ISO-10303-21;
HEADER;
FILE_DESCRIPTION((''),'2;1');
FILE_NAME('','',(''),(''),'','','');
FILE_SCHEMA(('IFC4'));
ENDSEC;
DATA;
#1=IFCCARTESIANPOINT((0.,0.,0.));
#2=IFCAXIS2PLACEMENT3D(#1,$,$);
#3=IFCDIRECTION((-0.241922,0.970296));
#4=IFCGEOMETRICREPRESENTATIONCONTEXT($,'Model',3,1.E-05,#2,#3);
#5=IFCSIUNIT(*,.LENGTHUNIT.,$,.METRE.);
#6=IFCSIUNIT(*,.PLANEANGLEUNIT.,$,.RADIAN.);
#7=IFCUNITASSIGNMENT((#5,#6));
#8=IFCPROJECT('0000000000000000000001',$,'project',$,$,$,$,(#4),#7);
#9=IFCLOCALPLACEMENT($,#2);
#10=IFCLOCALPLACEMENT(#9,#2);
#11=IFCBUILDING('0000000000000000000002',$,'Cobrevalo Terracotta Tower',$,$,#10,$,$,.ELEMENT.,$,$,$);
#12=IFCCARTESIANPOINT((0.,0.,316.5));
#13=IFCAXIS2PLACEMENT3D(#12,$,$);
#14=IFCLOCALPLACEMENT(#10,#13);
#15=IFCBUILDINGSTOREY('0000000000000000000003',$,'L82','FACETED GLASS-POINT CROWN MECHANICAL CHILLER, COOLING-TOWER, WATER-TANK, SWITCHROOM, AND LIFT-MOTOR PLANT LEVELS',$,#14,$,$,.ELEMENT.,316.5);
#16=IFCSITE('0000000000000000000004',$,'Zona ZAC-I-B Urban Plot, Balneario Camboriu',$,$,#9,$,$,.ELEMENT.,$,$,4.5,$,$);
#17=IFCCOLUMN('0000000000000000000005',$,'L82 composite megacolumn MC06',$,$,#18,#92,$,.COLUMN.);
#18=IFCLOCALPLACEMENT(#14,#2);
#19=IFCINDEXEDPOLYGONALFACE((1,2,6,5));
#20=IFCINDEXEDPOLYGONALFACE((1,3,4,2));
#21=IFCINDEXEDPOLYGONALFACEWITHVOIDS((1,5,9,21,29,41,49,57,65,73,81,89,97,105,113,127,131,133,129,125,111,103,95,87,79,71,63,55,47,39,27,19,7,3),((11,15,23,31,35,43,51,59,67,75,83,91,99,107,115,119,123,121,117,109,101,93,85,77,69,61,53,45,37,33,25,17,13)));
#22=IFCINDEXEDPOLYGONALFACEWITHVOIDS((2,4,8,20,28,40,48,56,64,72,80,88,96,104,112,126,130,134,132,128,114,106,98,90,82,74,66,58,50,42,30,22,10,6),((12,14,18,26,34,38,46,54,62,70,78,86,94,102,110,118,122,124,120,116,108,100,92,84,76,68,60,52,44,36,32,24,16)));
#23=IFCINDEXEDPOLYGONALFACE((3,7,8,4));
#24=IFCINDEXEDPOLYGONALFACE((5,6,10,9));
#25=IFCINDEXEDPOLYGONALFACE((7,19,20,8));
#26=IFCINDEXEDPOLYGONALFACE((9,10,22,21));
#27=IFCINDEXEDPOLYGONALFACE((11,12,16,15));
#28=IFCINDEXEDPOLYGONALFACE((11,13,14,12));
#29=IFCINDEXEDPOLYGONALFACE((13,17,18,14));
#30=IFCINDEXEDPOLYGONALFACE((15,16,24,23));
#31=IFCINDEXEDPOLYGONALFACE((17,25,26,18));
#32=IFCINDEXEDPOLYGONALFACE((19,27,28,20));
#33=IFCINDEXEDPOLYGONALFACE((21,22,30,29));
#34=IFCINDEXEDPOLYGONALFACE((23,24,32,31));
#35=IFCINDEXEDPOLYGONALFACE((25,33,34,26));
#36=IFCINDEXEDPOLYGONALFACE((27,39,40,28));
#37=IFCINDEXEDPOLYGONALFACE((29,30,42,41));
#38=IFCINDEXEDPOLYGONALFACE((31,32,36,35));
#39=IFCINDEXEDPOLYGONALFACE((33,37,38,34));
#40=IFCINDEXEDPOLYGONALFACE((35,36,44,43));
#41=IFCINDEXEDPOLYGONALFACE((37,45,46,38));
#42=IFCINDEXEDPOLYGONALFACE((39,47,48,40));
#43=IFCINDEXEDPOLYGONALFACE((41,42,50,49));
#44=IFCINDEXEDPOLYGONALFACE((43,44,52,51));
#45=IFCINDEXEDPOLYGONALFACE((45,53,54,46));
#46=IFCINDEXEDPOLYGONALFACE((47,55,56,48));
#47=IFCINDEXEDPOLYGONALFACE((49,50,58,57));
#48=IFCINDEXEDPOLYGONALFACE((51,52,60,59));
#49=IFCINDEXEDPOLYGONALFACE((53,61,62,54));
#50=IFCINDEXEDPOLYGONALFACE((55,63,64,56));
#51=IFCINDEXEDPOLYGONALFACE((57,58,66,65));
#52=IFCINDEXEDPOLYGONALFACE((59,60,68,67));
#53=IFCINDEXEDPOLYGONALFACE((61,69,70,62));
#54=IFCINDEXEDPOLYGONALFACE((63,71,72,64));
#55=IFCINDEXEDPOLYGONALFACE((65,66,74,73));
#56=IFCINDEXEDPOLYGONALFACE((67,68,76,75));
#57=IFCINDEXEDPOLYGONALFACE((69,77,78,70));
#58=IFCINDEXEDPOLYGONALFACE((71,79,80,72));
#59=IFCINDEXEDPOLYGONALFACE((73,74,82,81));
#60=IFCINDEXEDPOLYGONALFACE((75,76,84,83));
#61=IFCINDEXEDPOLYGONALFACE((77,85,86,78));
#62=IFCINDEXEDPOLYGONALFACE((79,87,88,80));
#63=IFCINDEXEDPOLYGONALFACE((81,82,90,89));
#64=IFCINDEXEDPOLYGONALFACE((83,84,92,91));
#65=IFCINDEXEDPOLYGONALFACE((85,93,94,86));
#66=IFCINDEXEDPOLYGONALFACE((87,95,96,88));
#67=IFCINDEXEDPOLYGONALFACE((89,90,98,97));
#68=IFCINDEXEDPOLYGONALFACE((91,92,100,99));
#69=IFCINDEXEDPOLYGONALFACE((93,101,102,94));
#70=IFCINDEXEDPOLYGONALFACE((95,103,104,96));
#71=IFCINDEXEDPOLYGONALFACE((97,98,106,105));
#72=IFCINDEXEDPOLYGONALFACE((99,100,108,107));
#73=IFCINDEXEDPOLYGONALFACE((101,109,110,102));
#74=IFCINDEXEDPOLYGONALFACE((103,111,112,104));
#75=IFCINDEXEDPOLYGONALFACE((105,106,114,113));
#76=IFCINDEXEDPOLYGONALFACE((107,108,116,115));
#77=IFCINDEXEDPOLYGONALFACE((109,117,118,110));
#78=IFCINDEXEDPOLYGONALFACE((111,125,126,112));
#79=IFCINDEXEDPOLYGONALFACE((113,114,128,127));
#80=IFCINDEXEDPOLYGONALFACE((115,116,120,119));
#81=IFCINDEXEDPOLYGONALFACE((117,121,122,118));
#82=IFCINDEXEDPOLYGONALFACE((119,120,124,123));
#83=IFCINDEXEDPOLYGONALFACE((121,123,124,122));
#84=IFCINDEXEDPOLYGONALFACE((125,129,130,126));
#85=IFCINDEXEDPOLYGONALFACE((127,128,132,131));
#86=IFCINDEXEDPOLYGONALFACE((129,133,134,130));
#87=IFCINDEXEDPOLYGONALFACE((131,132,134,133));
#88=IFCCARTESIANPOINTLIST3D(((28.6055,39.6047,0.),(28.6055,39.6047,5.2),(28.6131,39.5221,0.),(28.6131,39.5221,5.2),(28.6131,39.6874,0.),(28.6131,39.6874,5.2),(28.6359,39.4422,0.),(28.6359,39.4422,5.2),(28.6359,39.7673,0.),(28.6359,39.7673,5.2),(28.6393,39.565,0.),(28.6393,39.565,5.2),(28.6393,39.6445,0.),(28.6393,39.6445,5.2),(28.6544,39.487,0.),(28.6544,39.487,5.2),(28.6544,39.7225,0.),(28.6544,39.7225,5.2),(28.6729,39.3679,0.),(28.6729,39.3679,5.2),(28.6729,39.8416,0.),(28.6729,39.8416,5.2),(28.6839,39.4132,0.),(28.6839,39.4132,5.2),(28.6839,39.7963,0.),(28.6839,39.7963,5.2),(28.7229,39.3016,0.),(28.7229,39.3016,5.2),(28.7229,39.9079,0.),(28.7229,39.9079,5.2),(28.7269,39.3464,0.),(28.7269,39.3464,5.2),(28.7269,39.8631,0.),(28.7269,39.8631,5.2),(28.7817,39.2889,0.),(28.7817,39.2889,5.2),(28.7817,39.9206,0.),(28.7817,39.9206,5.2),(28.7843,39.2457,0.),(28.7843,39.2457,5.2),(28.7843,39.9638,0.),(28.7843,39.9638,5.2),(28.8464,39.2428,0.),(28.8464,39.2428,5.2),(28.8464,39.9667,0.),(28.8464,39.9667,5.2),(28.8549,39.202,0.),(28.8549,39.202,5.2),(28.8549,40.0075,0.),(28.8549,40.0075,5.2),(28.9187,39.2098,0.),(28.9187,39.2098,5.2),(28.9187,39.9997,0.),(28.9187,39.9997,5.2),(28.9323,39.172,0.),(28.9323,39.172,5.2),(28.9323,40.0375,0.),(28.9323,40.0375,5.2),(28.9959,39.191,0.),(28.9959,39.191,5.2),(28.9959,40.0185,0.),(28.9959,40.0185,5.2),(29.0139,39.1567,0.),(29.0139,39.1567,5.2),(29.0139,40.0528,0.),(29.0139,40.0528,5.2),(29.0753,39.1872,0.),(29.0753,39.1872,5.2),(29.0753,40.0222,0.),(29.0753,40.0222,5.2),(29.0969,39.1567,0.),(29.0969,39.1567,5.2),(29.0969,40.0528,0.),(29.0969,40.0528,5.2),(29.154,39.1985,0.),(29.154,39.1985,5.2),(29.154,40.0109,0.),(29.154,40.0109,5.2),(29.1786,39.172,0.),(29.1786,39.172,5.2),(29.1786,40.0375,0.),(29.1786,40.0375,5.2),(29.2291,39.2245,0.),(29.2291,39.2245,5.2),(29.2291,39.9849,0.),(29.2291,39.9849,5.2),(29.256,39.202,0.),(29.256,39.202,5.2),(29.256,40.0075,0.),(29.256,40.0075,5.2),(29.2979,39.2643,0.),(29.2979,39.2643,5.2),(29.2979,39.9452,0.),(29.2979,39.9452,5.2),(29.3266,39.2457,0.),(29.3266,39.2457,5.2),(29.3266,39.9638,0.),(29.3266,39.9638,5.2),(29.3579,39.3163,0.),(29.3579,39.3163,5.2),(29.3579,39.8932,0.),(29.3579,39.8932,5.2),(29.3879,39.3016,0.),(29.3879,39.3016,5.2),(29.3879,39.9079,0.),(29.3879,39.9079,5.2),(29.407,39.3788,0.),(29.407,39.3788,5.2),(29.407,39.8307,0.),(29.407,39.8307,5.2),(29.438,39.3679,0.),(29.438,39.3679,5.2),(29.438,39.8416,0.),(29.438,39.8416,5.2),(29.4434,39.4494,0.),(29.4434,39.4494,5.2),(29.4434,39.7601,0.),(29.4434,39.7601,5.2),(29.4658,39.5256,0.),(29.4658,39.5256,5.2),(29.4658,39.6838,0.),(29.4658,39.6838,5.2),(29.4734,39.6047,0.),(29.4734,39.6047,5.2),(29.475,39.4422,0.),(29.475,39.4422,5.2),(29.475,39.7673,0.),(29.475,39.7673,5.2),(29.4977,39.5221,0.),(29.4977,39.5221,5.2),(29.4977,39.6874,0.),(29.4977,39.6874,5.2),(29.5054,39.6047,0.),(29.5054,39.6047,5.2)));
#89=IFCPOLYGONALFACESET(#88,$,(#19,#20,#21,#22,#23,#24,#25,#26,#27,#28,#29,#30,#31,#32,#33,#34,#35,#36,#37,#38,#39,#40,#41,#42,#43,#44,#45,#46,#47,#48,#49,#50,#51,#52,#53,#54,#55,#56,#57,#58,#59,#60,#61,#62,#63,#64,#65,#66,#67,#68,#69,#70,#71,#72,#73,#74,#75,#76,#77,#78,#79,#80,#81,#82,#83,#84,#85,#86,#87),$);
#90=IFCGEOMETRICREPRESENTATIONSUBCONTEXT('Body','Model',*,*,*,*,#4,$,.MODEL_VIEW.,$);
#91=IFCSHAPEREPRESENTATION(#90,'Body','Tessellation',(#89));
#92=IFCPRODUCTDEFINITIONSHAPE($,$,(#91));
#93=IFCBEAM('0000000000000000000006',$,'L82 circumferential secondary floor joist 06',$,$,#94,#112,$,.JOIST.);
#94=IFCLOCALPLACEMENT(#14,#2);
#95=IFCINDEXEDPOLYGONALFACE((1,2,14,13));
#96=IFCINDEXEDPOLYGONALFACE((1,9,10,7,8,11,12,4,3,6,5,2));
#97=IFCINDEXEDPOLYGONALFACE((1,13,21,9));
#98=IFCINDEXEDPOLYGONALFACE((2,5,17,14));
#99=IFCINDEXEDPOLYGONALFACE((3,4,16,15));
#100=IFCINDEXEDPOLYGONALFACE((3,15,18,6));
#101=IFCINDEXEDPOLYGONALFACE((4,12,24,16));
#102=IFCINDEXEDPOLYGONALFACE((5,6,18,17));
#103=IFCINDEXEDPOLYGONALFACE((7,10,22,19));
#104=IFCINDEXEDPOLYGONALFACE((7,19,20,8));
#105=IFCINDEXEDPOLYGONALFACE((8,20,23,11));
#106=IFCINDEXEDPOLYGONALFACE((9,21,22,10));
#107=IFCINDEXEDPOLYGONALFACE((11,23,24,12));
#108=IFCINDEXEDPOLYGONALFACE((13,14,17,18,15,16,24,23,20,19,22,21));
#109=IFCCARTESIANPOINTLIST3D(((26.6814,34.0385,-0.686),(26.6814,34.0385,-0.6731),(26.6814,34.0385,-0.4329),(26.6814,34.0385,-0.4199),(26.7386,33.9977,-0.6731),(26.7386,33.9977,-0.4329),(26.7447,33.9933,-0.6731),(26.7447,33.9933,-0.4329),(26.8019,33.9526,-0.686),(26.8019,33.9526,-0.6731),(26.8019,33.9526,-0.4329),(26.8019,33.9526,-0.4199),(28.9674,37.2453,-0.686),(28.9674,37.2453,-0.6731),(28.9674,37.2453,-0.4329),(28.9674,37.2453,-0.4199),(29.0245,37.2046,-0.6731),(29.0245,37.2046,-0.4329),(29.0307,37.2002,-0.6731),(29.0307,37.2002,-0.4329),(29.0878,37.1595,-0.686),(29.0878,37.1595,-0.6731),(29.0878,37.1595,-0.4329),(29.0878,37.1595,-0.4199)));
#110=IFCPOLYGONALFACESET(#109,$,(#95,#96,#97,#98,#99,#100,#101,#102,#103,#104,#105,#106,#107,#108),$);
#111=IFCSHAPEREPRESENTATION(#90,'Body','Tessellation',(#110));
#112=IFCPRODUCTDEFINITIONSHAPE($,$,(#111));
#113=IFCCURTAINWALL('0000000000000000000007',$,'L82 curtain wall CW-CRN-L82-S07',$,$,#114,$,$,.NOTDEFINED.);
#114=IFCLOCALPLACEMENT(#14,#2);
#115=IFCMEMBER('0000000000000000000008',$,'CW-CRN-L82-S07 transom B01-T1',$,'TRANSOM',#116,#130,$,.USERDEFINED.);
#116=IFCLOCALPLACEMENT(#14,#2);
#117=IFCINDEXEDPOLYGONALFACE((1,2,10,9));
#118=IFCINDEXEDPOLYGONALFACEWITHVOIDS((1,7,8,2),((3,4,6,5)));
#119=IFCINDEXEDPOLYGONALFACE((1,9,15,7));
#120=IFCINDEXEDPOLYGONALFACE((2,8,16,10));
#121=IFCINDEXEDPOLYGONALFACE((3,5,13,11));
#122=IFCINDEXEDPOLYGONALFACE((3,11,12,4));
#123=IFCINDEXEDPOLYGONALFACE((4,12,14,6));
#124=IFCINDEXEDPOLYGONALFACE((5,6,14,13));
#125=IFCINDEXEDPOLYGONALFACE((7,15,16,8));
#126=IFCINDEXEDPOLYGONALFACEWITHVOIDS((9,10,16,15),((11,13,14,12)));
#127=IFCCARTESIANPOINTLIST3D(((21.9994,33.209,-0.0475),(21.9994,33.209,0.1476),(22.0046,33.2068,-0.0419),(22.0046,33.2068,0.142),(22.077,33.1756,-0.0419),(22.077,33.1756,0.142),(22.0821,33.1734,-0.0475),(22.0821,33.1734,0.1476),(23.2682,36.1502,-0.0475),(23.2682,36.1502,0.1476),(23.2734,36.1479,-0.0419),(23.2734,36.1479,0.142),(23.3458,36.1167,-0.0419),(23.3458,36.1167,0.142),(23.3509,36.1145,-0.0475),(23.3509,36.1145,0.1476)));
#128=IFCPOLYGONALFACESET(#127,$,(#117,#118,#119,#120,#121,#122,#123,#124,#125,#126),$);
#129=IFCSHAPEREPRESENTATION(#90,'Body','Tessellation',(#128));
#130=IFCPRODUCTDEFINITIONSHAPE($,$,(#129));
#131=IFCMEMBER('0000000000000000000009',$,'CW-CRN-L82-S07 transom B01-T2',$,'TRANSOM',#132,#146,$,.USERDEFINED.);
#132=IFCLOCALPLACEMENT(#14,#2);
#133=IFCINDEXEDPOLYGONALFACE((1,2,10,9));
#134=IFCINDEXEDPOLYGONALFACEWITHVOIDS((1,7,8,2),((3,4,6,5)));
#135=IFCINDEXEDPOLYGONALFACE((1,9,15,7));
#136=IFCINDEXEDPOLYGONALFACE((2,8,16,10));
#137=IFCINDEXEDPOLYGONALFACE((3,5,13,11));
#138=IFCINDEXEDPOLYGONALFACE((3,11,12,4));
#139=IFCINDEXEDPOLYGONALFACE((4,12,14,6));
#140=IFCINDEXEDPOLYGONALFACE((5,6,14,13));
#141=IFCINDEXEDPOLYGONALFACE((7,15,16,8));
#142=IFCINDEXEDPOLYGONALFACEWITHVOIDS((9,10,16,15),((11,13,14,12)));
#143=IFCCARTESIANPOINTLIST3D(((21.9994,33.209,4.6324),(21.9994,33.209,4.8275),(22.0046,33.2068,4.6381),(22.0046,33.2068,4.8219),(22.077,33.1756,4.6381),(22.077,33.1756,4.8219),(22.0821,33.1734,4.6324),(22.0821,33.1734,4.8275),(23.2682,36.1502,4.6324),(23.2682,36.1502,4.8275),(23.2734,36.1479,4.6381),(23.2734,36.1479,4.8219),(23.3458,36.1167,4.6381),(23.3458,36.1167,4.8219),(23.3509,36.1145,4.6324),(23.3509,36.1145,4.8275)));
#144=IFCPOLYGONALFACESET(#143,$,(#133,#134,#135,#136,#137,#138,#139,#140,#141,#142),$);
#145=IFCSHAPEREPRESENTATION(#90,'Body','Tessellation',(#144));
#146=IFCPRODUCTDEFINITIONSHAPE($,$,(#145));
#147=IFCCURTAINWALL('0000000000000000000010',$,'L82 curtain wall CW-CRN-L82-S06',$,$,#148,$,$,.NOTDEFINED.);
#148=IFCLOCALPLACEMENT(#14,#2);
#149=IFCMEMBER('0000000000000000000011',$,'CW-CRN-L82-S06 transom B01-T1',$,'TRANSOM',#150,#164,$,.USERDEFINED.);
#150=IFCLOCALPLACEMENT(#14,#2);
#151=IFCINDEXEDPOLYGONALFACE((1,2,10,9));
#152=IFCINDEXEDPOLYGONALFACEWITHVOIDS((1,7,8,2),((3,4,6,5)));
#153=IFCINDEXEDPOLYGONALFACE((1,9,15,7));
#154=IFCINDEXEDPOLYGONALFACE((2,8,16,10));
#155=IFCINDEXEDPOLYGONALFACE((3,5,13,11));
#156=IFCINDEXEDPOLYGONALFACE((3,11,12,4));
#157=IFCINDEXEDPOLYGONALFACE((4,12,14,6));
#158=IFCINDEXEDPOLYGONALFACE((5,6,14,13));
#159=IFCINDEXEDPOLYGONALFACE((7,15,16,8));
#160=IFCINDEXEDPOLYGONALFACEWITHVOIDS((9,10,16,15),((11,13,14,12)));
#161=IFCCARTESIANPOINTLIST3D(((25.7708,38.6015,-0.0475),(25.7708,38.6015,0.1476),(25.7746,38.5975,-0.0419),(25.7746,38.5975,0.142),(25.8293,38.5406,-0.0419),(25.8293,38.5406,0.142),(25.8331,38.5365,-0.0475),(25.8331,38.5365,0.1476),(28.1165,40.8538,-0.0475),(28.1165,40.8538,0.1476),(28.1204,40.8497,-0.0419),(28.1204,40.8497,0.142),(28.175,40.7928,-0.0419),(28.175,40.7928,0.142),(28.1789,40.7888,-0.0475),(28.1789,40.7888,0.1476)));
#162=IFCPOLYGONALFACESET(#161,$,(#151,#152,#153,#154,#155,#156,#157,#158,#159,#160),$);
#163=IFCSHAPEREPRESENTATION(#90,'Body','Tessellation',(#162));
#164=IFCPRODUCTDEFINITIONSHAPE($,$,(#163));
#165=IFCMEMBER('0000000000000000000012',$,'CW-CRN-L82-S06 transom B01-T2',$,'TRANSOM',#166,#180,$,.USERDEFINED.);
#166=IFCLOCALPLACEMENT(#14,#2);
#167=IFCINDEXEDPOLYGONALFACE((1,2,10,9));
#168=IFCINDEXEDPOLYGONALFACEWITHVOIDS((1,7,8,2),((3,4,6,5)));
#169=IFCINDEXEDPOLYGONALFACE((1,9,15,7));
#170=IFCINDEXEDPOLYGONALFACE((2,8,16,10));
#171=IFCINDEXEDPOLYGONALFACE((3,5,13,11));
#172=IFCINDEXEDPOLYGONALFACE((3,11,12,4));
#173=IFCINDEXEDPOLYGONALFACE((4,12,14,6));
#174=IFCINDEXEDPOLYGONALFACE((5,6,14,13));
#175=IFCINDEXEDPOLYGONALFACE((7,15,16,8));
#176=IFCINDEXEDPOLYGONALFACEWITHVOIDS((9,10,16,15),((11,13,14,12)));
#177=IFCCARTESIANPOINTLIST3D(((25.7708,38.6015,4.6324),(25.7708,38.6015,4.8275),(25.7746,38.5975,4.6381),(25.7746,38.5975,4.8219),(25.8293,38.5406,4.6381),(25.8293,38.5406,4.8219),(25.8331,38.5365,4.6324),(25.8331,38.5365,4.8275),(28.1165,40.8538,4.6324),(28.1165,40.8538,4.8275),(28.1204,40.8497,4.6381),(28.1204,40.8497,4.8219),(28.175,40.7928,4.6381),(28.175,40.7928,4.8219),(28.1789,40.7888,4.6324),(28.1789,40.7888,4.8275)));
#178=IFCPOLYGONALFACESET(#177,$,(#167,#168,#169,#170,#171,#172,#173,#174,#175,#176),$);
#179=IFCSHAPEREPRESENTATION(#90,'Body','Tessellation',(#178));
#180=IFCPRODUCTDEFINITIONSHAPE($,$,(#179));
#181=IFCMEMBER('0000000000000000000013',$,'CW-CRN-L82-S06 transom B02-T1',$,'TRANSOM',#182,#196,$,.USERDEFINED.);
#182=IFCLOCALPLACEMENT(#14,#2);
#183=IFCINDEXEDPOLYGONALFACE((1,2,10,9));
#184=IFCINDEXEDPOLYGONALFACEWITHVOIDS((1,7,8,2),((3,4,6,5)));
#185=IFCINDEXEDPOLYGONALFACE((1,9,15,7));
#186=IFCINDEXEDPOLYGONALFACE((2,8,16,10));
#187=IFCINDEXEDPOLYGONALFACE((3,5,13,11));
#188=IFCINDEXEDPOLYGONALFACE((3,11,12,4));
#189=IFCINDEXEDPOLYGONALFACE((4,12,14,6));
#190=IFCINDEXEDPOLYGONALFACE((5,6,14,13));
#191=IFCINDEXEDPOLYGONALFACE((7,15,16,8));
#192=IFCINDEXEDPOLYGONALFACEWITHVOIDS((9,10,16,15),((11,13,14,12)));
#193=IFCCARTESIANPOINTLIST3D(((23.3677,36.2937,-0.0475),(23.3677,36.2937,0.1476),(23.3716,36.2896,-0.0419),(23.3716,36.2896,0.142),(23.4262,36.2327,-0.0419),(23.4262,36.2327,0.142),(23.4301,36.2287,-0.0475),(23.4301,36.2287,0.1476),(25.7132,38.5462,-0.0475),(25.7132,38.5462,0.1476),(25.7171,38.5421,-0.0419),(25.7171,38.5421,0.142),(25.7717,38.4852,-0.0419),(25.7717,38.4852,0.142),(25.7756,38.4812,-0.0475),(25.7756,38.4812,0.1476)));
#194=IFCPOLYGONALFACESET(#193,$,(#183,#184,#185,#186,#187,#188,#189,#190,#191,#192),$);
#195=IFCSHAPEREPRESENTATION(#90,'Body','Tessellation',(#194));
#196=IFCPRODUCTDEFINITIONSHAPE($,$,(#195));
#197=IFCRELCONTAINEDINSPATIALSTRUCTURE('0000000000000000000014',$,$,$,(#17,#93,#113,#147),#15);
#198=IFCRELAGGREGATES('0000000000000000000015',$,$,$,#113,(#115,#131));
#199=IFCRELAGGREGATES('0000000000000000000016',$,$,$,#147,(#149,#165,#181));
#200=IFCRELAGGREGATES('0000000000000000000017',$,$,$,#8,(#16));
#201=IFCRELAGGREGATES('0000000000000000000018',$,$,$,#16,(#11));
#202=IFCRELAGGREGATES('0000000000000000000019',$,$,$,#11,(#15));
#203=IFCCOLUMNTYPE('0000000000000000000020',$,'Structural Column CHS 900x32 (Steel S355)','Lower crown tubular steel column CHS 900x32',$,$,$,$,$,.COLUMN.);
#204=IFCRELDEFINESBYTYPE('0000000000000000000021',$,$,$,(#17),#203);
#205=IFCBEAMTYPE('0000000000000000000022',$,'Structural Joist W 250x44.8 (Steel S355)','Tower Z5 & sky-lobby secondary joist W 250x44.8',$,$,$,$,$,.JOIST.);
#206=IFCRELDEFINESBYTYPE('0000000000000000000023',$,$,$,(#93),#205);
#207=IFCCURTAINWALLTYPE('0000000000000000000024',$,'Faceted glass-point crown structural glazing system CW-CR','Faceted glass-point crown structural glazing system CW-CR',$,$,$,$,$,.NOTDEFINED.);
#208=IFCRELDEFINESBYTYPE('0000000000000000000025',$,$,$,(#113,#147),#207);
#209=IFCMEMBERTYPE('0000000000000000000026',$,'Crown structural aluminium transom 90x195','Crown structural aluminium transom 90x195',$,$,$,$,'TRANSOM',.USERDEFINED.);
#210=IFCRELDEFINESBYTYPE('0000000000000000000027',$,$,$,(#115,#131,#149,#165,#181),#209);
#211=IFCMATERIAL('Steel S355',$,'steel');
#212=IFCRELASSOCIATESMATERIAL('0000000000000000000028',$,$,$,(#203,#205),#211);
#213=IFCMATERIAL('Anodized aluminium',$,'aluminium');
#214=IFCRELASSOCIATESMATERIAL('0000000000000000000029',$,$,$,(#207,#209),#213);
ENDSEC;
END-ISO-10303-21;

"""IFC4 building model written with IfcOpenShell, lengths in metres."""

from ifc_helpers import new_model, si_unit, direction, frame, origin, origin_2d, place, context, subcontext, project, spatial, hollow_rectangle, hollow_circle, i_section, extrude, source, transform, mapped, material, material_profile, profile_set, type_object, element, aggregate, save


model = new_model("IFC4")

# Units and contexts
model_context = context("Model", 3, precision=1e-05, world=origin(), true_north=direction((-0.241922, 0.970296)))
body_context = subcontext(model_context, "Body", "Model", "MODEL_VIEW")
ifc_project = project(units=[si_unit("LENGTHUNIT", "METRE"), si_unit("PLANEANGLEUNIT", "RADIAN")], contexts=[model_context])

# Site, building, storey
site_placement = place(None, origin())
site = spatial("IfcSite", under=ifc_project, at=site_placement, Name="Zona ZAC-I-B Urban Plot, Balneario Camboriu", CompositionType="ELEMENT", RefElevation=4.5)
building_placement = place(site_placement, origin())
building = spatial("IfcBuilding", under=site, at=building_placement, Name="Cobrevalo Terracotta Tower", CompositionType="ELEMENT")
storey_placement = place(building_placement, frame((0.0, 0.0, 316.5)))
storey = spatial("IfcBuildingStorey", under=building, at=storey_placement, Name="L82", Description="FACETED GLASS-POINT CROWN MECHANICAL CHILLER, COOLING-TOWER, WATER-TANK, SWITCHROOM, AND LIFT-MOTOR PLANT LEVELS", CompositionType="ELEMENT", Elevation=316.5)

# Column
ifc_material_1 = material(Name="Steel S355", Category="steel")
ifc_material_profile_1 = material_profile(ifc_material_1, hollow_circle(Radius=0.45, WallThickness=0.032, at=origin_2d()), Name="CHS 900x32")
ifc_profile_set_1 = profile_set([ifc_material_profile_1], Name="Steel S355")
column_type = type_object("IfcColumnType", Name="Structural Column CHS 900x32 (Steel S355)", Description="Lower crown tubular steel column CHS 900x32", PredefinedType="COLUMN", material=ifc_profile_set_1)
column_placement = place(storey_placement, frame((29.0554, 39.6047, 0.0), z_axis=(0.0, 0.0, 1.0), x_axis=(1.0, 0.0, 0.0)))
element("IfcColumn", 1, at=column_placement, inside=storey, type_object=column_type, Name="L82 composite megacolumn MC06", PredefinedType="COLUMN", context=body_context, shape_type="SweptSolid", body=[
    extrude(hollow_circle(Radius=0.45, WallThickness=0.032, at=origin_2d()), origin(), (0.0, 0.0, 1.0), 5.2),
])

# Beam
ifc_material_profile_2 = material_profile(ifc_material_1, i_section(OverallWidth=0.1479, OverallDepth=0.2661, WebThickness=0.0076, FlangeThickness=0.0129, at=origin_2d()), Name="W 250x44.8")
ifc_profile_set_2 = profile_set([ifc_material_profile_2], Name="Steel S355")
beam_type = type_object("IfcBeamType", Name="Structural Joist W 250x44.8 (Steel S355)", Description="Tower Z5 & sky-lobby secondary joist W 250x44.8", PredefinedType="JOIST", material=ifc_profile_set_2)
beam_placement = place(storey_placement, frame((29.0276, 37.2024, -0.553), z_axis=(-0.580452, -0.814294, 0.0), x_axis=(0.814294, -0.580452, 0.0)))
element("IfcBeam", 2, at=beam_placement, inside=storey, type_object=beam_type, Name="L82 circumferential secondary floor joist 06", PredefinedType="JOIST", context=body_context, shape_type="SweptSolid", body=[
    extrude(i_section(OverallWidth=0.1479, OverallDepth=0.2661, WebThickness=0.0076, FlangeThickness=0.0129, at=origin_2d()), origin(), (0.0, 0.0, 1.0), 3.9382),
])

# Curtain walls, members
ifc_material_2 = material(Name="Anodized aluminium", Category="aluminium")
curtain_wall_type = type_object("IfcCurtainWallType", Name="Faceted glass-point crown structural glazing system CW-CR", Description="Faceted glass-point crown structural glazing system CW-CR", PredefinedType="NOTDEFINED", material=ifc_material_2)
curtain_wall_1_placement = place(storey_placement, origin())
curtain_wall_1 = element("IfcCurtainWall", 3, at=curtain_wall_1_placement, inside=storey, type_object=curtain_wall_type, Name="L82 curtain wall CW-CRN-L82-S07", PredefinedType="NOTDEFINED")
ifc_material_profile_3 = material_profile(ifc_material_2, hollow_rectangle(XDim=0.0901, YDim=0.1951, WallThickness=0.0056, at=origin_2d()), Name="CWT 90x195")
ifc_profile_set_3 = profile_set([ifc_material_profile_3], Name="Anodized aluminium")
member_type_1 = type_object("IfcMemberType", Name="Crown structural aluminium transom 90x195", Description="Crown structural aluminium transom 90x195", ElementType="TRANSOM", PredefinedType="USERDEFINED", material=ifc_profile_set_3)
shared_shape_1 = source(origin(), body_context, "Body", "SweptSolid", [
    extrude(hollow_rectangle(XDim=0.0901, YDim=0.1951, WallThickness=0.0056, at=origin_2d()), origin(), (0.0, 0.0, 1.0), 3.2031),
])
member_1_placement = place(storey_placement, frame((23.3096, 36.1323, 0.05), z_axis=(-0.396107, -0.918204, 0.0), x_axis=(0.918204, -0.396107, 0.0)))
member_1 = element("IfcMember", 4, at=member_1_placement, type_object=member_type_1, Name="CW-CRN-L82-S07 transom B01-T1", ObjectType="TRANSOM", PredefinedType="USERDEFINED", context=body_context, shape_type="MappedRepresentation", body=[
    mapped(shared_shape_1, transform((0.0, 0.0, 0.0), scale=1.0)),
])
member_2_placement = place(storey_placement, frame((23.3096, 36.1323, 4.73), z_axis=(-0.396107, -0.918204, 0.0), x_axis=(0.918204, -0.396107, 0.0)))
member_2 = element("IfcMember", 5, at=member_2_placement, type_object=member_type_1, Name="CW-CRN-L82-S07 transom B01-T2", ObjectType="TRANSOM", PredefinedType="USERDEFINED", context=body_context, shape_type="MappedRepresentation", body=[
    mapped(shared_shape_1, transform((0.0, 0.0, 0.0), scale=1.0)),
])
curtain_wall_2_placement = place(storey_placement, origin())
curtain_wall_2 = element("IfcCurtainWall", 6, at=curtain_wall_2_placement, inside=storey, type_object=curtain_wall_type, Name="L82 curtain wall CW-CRN-L82-S06", PredefinedType="NOTDEFINED")
shared_shape_2 = source(origin(), body_context, "Body", "SweptSolid", [
    extrude(hollow_rectangle(XDim=0.0901, YDim=0.1951, WallThickness=0.0056, at=origin_2d()), origin(), (0.0, 0.0, 1.0), 3.252),
])
member_3_placement = place(storey_placement, frame((28.1477, 40.8213, 0.05), z_axis=(-0.721338, -0.692583, 0.0), x_axis=(0.692583, -0.721338, 0.0)))
member_3 = element("IfcMember", 7, at=member_3_placement, type_object=member_type_1, Name="CW-CRN-L82-S06 transom B01-T1", ObjectType="TRANSOM", PredefinedType="USERDEFINED", context=body_context, shape_type="MappedRepresentation", body=[
    mapped(shared_shape_2, transform((0.0, 0.0, 0.0), scale=1.0)),
])
member_4_placement = place(storey_placement, frame((28.1477, 40.8213, 4.73), z_axis=(-0.721338, -0.692583, 0.0), x_axis=(0.692583, -0.721338, 0.0)))
member_4 = element("IfcMember", 8, at=member_4_placement, type_object=member_type_1, Name="CW-CRN-L82-S06 transom B01-T2", ObjectType="TRANSOM", PredefinedType="USERDEFINED", context=body_context, shape_type="MappedRepresentation", body=[
    mapped(shared_shape_2, transform((0.0, 0.0, 0.0), scale=1.0)),
])
member_5_placement = place(storey_placement, frame((25.7444, 38.5137, 0.05), z_axis=(-0.721264, -0.69266, 0.0), x_axis=(0.69266, -0.721264, 0.0)))
member_5 = element("IfcMember", 9, at=member_5_placement, type_object=member_type_1, Name="CW-CRN-L82-S06 transom B02-T1", ObjectType="TRANSOM", PredefinedType="USERDEFINED", context=body_context, shape_type="MappedRepresentation", body=[
    mapped(shared_shape_2, transform((0.0, 0.0, 0.0), scale=1.0)),
])

aggregate(curtain_wall_1, [member_1, member_2])

aggregate(curtain_wall_2, [member_3, member_4, member_5])

save(model, "model.ifc")
